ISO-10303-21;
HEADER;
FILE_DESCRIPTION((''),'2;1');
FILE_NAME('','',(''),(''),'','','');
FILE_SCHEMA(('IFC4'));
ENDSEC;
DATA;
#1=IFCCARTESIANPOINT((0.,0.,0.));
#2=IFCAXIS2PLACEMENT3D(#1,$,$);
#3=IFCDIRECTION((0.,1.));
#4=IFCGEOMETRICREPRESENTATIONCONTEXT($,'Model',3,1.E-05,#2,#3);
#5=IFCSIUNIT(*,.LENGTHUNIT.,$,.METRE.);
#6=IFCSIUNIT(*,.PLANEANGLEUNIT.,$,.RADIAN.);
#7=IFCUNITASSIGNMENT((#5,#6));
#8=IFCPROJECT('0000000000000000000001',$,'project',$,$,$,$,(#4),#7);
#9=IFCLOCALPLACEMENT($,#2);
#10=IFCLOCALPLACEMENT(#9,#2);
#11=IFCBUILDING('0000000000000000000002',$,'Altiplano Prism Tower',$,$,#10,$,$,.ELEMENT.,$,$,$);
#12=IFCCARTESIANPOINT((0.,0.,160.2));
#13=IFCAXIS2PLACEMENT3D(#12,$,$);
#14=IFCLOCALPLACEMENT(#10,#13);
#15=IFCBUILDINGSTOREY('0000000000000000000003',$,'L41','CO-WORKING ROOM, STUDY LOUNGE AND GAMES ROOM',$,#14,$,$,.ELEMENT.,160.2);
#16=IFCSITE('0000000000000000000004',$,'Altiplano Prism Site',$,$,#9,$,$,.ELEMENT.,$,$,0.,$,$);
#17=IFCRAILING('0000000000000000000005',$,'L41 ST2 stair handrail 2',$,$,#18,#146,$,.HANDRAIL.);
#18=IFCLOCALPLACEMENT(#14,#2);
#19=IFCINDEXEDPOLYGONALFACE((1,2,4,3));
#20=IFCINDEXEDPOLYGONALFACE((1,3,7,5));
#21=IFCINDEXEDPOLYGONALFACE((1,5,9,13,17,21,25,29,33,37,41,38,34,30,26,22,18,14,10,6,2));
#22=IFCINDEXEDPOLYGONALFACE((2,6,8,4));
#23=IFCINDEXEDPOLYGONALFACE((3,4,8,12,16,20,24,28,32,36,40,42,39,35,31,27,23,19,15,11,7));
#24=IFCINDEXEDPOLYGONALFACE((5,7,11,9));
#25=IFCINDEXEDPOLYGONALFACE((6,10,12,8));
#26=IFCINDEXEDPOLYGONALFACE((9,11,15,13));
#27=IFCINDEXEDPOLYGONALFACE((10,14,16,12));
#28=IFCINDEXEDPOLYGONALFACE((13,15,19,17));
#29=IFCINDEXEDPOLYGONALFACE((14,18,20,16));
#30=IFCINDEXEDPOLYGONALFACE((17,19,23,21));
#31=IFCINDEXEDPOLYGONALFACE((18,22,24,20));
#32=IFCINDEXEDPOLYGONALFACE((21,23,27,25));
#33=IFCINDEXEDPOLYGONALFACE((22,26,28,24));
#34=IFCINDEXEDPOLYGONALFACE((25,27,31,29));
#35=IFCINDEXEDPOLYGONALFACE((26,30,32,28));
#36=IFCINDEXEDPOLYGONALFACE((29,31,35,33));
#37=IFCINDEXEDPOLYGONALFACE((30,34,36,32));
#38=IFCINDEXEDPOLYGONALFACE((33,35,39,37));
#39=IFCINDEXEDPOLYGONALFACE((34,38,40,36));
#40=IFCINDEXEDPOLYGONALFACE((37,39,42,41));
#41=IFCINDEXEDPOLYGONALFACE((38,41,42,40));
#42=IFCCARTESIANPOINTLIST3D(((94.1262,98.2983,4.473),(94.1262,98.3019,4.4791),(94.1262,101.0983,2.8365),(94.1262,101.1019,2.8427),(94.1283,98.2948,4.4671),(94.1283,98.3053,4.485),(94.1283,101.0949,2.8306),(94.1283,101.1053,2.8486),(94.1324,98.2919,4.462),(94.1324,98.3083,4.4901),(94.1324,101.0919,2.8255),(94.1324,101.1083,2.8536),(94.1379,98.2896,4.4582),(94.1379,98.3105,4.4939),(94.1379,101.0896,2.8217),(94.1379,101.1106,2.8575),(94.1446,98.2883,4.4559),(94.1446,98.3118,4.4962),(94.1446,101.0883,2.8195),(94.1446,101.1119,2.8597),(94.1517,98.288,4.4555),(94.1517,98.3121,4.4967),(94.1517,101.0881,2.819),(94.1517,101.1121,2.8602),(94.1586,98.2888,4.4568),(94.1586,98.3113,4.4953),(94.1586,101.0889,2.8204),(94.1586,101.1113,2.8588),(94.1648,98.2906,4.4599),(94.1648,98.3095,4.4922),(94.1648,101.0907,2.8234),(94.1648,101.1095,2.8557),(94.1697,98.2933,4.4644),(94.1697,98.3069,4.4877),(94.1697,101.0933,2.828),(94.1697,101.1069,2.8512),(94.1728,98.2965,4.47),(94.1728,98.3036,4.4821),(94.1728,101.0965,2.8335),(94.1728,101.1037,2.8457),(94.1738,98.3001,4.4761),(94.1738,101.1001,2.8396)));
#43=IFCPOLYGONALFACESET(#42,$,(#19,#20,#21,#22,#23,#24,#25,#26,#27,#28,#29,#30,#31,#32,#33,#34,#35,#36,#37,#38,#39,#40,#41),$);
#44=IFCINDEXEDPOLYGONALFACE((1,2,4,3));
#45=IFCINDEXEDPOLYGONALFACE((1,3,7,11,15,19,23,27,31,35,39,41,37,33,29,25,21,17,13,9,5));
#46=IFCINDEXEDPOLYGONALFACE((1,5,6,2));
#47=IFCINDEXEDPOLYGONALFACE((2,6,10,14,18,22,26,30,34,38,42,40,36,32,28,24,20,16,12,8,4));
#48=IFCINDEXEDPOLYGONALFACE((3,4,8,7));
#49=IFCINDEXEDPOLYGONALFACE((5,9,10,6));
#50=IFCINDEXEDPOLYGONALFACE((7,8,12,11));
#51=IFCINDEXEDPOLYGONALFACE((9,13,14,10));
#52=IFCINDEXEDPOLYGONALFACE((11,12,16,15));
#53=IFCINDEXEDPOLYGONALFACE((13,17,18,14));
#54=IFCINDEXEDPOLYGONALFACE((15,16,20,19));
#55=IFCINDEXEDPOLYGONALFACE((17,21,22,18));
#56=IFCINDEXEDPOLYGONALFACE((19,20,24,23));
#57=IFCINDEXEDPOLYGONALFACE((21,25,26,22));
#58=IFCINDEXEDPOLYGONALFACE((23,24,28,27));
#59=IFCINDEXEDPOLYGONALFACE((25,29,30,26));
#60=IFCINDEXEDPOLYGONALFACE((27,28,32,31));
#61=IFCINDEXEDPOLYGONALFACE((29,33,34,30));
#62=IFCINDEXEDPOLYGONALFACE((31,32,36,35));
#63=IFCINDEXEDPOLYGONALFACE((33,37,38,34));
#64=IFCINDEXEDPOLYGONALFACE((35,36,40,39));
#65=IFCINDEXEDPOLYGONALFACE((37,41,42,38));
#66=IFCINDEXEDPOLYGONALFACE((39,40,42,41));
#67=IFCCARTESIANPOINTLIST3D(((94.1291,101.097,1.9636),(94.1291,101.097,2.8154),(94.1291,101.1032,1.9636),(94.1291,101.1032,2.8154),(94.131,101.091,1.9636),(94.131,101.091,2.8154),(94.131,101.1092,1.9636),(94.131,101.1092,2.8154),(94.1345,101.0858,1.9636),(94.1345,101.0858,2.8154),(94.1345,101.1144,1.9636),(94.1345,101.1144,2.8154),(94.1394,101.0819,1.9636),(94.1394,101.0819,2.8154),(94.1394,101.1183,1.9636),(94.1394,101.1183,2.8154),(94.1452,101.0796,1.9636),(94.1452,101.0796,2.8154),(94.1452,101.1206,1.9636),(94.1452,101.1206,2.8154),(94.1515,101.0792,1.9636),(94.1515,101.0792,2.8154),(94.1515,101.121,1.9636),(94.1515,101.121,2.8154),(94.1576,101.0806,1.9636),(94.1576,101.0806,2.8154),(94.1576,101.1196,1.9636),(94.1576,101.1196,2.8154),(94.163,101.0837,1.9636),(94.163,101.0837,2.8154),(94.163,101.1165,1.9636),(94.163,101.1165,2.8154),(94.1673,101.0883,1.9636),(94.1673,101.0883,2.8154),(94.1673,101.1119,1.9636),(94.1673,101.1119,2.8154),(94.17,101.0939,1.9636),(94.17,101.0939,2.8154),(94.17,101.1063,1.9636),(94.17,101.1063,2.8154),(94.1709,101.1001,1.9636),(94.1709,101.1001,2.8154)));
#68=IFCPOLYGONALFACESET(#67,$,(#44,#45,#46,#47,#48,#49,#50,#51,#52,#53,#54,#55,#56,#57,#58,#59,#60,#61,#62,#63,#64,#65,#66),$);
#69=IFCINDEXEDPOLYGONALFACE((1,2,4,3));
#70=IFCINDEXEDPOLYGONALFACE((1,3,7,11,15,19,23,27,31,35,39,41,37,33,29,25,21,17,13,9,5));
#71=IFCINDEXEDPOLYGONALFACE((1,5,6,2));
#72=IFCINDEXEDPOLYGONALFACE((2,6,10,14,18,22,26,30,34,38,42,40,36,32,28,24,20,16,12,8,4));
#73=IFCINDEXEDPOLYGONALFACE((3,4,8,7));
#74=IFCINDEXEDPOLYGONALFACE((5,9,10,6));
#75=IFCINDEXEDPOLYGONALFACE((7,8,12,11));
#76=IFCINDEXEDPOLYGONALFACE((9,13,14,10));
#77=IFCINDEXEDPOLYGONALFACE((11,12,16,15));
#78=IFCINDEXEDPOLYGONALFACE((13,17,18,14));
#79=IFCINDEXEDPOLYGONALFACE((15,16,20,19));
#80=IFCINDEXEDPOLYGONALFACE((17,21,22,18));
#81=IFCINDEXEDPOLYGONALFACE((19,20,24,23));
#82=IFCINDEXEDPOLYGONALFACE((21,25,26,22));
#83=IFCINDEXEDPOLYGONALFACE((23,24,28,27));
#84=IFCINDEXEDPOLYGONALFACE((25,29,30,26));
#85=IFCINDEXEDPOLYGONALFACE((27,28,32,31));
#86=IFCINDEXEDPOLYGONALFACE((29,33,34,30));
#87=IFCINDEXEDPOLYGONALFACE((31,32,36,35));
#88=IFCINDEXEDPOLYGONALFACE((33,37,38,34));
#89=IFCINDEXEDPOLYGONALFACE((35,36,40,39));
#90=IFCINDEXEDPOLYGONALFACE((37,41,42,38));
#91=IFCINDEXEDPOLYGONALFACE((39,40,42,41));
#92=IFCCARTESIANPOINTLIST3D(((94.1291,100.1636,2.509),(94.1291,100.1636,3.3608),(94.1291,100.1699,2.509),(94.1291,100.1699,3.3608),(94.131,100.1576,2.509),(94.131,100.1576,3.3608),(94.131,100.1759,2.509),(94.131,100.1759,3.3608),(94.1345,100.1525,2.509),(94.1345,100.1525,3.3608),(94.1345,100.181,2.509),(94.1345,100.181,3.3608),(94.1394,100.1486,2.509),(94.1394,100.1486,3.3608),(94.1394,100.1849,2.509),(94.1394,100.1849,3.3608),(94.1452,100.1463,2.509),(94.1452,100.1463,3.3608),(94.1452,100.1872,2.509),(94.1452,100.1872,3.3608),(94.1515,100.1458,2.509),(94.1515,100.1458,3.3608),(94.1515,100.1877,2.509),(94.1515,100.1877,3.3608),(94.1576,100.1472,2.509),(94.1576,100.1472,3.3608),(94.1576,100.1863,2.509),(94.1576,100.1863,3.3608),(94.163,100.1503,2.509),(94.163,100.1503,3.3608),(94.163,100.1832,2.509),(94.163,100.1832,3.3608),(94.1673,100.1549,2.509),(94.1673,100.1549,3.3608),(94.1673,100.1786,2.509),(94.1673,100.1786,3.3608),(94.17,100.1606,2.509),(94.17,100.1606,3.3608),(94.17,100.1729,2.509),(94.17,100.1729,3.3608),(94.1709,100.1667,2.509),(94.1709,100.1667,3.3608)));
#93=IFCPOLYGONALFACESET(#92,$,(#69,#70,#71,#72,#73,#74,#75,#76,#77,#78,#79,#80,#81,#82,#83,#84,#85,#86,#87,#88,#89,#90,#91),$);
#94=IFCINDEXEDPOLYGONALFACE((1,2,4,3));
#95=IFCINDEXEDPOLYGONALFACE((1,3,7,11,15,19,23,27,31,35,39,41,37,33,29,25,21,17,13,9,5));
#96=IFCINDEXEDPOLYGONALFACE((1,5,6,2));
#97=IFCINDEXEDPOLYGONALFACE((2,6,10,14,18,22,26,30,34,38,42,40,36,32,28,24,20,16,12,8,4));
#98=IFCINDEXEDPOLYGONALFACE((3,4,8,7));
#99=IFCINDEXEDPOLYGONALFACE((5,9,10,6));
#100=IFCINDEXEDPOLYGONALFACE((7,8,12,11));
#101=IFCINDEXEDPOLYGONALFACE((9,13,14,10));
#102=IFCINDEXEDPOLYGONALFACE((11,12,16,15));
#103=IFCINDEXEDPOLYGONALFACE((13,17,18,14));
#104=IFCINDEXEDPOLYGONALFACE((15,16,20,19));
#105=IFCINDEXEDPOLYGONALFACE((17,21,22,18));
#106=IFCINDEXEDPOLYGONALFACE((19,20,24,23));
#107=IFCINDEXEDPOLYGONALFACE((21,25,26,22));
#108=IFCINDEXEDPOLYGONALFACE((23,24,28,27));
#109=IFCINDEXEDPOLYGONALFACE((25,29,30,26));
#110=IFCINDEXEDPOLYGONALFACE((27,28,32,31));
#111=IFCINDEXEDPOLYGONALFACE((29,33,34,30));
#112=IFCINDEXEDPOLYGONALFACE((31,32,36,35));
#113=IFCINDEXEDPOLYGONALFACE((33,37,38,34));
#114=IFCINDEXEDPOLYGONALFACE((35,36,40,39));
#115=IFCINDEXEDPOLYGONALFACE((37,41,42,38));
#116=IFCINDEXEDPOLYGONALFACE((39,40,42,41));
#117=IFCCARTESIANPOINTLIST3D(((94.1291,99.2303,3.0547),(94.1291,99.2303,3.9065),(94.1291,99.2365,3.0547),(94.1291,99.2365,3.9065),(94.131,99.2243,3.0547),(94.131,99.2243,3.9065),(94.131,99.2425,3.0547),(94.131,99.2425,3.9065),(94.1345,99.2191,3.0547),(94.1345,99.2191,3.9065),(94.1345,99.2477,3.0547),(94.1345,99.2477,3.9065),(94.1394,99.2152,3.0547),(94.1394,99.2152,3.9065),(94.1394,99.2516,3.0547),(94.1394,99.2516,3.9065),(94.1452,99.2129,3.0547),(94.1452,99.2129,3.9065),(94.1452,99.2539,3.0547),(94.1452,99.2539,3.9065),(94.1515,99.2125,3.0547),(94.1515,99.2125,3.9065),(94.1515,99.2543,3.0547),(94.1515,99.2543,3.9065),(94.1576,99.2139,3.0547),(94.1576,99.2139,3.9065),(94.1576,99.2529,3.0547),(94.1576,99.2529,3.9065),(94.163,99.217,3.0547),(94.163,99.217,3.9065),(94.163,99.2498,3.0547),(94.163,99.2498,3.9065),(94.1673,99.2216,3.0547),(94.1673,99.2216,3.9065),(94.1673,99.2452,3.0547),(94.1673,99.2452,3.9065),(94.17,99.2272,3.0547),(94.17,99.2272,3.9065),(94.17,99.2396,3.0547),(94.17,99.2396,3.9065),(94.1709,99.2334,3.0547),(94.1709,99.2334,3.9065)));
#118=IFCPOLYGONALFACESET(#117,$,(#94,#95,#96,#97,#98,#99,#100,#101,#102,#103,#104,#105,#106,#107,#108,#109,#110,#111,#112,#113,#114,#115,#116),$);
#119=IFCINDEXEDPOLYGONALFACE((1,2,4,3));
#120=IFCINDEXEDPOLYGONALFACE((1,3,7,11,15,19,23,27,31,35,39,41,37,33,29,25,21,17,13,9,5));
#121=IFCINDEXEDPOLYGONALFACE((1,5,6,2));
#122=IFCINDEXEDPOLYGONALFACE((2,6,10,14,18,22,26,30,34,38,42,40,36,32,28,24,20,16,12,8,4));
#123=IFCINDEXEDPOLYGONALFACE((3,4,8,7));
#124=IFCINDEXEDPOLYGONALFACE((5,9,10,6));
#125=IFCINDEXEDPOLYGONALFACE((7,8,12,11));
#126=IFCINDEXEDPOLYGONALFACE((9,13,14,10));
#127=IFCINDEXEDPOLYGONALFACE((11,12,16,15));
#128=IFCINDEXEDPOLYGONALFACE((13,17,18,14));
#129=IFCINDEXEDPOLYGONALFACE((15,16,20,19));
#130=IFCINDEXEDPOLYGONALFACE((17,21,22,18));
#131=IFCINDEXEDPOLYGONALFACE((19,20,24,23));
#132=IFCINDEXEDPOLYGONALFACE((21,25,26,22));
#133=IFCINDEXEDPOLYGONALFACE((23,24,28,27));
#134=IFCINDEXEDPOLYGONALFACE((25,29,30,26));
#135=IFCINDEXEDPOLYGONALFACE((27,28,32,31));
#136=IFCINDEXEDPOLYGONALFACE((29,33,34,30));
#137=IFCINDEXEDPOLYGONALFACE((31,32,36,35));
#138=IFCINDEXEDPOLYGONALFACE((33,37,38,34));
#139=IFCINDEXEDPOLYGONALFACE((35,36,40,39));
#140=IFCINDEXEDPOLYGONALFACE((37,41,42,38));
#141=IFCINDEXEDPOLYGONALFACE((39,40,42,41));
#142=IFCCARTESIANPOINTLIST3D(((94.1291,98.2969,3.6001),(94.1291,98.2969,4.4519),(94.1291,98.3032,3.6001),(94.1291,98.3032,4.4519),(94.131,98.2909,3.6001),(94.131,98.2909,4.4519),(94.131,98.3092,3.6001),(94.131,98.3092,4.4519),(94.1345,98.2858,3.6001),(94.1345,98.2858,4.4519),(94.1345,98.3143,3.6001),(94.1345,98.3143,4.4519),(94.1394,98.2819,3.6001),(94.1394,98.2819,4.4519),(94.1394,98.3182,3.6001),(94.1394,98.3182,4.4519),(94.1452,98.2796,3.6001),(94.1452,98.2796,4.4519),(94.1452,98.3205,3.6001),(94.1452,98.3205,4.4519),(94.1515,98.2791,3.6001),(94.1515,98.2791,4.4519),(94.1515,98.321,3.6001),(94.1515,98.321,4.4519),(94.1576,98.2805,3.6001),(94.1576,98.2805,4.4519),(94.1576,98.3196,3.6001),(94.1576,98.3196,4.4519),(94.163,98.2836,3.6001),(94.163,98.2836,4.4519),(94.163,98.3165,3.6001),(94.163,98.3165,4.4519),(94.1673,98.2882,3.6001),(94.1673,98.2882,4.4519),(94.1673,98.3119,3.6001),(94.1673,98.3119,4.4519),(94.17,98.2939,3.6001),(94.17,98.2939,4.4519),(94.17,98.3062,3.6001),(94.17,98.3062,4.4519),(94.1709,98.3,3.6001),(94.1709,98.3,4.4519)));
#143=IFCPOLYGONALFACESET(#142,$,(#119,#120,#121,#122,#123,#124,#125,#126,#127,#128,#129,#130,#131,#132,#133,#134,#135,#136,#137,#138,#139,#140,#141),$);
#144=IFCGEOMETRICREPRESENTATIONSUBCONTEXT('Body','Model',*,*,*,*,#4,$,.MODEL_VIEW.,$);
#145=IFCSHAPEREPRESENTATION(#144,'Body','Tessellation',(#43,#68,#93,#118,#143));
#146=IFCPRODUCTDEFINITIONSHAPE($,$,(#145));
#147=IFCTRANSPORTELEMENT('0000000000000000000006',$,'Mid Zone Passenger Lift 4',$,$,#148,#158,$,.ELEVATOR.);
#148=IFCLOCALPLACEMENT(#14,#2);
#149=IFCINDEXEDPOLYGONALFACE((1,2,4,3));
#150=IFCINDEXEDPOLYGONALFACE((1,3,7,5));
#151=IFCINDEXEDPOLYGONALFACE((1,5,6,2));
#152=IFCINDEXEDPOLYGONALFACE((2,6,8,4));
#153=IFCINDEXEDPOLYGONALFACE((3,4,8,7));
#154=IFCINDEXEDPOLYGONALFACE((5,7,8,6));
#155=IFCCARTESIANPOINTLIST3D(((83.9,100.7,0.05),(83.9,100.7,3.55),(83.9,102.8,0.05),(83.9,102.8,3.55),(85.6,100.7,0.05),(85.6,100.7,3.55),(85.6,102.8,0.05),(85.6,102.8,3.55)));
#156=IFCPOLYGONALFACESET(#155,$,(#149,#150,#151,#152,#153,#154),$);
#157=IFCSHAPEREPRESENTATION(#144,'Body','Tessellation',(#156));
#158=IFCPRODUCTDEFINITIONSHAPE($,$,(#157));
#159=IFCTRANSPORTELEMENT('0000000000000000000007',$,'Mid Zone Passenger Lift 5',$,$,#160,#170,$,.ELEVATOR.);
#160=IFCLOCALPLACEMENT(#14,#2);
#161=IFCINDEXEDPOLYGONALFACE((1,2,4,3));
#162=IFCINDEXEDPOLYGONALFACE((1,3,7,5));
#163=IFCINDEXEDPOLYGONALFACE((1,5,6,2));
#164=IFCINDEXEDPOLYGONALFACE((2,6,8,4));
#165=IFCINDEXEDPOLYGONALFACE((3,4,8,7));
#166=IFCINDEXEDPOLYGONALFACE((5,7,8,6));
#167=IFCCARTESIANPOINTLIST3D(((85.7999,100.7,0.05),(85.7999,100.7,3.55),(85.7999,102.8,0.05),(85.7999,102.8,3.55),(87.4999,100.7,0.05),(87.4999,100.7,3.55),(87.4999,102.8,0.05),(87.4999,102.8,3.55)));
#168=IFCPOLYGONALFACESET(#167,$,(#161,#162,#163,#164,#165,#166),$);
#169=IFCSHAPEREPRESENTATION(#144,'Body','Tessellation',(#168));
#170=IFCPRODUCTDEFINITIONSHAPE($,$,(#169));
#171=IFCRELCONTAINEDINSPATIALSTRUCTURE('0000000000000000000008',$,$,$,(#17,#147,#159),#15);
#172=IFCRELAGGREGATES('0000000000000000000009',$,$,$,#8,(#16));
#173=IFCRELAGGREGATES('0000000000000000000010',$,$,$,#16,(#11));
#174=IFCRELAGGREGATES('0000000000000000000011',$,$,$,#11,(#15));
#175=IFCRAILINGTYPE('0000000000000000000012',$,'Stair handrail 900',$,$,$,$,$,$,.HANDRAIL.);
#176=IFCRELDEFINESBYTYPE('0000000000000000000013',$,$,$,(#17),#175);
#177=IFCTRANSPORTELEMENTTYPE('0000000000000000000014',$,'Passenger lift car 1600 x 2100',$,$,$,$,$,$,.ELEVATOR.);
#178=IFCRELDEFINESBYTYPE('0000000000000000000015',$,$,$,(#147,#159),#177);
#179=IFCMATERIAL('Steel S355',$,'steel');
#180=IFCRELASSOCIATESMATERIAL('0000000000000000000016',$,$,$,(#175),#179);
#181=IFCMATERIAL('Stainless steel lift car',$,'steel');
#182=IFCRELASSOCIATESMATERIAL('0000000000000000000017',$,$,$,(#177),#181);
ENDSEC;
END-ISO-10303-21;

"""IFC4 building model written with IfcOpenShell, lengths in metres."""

from ifc_helpers import new_model, si_unit, direction, frame, origin, origin_2d, place, context, subcontext, project, spatial, rectangle, circle, extrude, material, type_object, element, save


model = new_model("IFC4")

# Units and contexts
model_context = context("Model", 3, precision=1e-05, world=origin(), true_north=direction((0.0, 1.0)))
body_context = subcontext(model_context, "Body", "Model", "MODEL_VIEW")
ifc_project = project(units=[si_unit("LENGTHUNIT", "METRE"), si_unit("PLANEANGLEUNIT", "RADIAN")], contexts=[model_context])

# Site, building, storey
site_placement = place(None, origin())
site = spatial("IfcSite", under=ifc_project, at=site_placement, Name="Altiplano Prism Site", CompositionType="ELEMENT", RefElevation=0.0)
building_placement = place(site_placement, origin())
building = spatial("IfcBuilding", under=site, at=building_placement, Name="Altiplano Prism Tower", CompositionType="ELEMENT")
storey_placement = place(building_placement, frame((0.0, 0.0, 160.2)))
storey = spatial("IfcBuildingStorey", under=building, at=storey_placement, Name="L41", Description="CO-WORKING ROOM, STUDY LOUNGE AND GAMES ROOM", CompositionType="ELEMENT", Elevation=160.2)

# Railing
ifc_material_1 = material(Name="Steel S355", Category="steel")
railing_type_1 = type_object("IfcRailingType", Name="Stair handrail 900", PredefinedType="HANDRAIL", material=ifc_material_1)
railing_1_placement = place(storey_placement, frame((94.1499, 101.1001, 1.9636)))
element("IfcRailing", 1, at=railing_1_placement, inside=storey, type_object=railing_type_1, Name="L41 ST2 stair handrail 2", PredefinedType="HANDRAIL", context=body_context, shape_type="SweptSolid", body=[
    extrude(circle(Radius=0.0239, at=origin_2d()), frame((0.0, 0.0, 0.876), z_axis=(0.0, -0.863361, 0.504587), x_axis=(1.0, 0.0, 0.0)), (0.0, 0.0, 1.0), 3.2432),
    extrude(circle(Radius=0.021, at=origin_2d()), origin(), (0.0, 0.0, 1.0), 0.8518),
    extrude(circle(Radius=0.021, at=origin_2d()), frame((0.0, -0.9333, 0.5454)), (0.0, 0.0, 1.0), 0.8518),
    extrude(circle(Radius=0.021, at=origin_2d()), frame((0.0, -1.8667, 1.0911)), (0.0, 0.0, 1.0), 0.8518),
    extrude(circle(Radius=0.021, at=origin_2d()), frame((0.0, -2.8, 1.6365)), (0.0, 0.0, 1.0), 0.8518),
])

# Transport elements
ifc_material_2 = material(Name="Stainless steel lift car", Category="steel")
transport_element_type = type_object("IfcTransportElementType", Name="Passenger lift car 1600 x 2100", PredefinedType="ELEVATOR", material=ifc_material_2)
for number, where, z_axis, x_axis, name in (
    (2, (84.75, 101.75, 0.05), (0.0, 0.0, 1.0), (1.0, 0.0, 0.0), "Mid Zone Passenger Lift 4"),
    (3, (86.6499, 101.75, 0.05), (0.0, 0.0, 1.0), (1.0, 0.0, 0.0), "Mid Zone Passenger Lift 5"),
):
    element("IfcTransportElement", number, at=place(storey_placement, frame(where, z_axis=z_axis, x_axis=x_axis)), inside=storey, type_object=transport_element_type, Name=name, PredefinedType="ELEVATOR", context=body_context, shape_type="SweptSolid", body=[
        extrude(rectangle(XDim=1.7, YDim=2.1001, at=origin_2d()), origin(), (0.0, 0.0, 1.0), 3.5),
    ])

save(model, "model.ifc")
